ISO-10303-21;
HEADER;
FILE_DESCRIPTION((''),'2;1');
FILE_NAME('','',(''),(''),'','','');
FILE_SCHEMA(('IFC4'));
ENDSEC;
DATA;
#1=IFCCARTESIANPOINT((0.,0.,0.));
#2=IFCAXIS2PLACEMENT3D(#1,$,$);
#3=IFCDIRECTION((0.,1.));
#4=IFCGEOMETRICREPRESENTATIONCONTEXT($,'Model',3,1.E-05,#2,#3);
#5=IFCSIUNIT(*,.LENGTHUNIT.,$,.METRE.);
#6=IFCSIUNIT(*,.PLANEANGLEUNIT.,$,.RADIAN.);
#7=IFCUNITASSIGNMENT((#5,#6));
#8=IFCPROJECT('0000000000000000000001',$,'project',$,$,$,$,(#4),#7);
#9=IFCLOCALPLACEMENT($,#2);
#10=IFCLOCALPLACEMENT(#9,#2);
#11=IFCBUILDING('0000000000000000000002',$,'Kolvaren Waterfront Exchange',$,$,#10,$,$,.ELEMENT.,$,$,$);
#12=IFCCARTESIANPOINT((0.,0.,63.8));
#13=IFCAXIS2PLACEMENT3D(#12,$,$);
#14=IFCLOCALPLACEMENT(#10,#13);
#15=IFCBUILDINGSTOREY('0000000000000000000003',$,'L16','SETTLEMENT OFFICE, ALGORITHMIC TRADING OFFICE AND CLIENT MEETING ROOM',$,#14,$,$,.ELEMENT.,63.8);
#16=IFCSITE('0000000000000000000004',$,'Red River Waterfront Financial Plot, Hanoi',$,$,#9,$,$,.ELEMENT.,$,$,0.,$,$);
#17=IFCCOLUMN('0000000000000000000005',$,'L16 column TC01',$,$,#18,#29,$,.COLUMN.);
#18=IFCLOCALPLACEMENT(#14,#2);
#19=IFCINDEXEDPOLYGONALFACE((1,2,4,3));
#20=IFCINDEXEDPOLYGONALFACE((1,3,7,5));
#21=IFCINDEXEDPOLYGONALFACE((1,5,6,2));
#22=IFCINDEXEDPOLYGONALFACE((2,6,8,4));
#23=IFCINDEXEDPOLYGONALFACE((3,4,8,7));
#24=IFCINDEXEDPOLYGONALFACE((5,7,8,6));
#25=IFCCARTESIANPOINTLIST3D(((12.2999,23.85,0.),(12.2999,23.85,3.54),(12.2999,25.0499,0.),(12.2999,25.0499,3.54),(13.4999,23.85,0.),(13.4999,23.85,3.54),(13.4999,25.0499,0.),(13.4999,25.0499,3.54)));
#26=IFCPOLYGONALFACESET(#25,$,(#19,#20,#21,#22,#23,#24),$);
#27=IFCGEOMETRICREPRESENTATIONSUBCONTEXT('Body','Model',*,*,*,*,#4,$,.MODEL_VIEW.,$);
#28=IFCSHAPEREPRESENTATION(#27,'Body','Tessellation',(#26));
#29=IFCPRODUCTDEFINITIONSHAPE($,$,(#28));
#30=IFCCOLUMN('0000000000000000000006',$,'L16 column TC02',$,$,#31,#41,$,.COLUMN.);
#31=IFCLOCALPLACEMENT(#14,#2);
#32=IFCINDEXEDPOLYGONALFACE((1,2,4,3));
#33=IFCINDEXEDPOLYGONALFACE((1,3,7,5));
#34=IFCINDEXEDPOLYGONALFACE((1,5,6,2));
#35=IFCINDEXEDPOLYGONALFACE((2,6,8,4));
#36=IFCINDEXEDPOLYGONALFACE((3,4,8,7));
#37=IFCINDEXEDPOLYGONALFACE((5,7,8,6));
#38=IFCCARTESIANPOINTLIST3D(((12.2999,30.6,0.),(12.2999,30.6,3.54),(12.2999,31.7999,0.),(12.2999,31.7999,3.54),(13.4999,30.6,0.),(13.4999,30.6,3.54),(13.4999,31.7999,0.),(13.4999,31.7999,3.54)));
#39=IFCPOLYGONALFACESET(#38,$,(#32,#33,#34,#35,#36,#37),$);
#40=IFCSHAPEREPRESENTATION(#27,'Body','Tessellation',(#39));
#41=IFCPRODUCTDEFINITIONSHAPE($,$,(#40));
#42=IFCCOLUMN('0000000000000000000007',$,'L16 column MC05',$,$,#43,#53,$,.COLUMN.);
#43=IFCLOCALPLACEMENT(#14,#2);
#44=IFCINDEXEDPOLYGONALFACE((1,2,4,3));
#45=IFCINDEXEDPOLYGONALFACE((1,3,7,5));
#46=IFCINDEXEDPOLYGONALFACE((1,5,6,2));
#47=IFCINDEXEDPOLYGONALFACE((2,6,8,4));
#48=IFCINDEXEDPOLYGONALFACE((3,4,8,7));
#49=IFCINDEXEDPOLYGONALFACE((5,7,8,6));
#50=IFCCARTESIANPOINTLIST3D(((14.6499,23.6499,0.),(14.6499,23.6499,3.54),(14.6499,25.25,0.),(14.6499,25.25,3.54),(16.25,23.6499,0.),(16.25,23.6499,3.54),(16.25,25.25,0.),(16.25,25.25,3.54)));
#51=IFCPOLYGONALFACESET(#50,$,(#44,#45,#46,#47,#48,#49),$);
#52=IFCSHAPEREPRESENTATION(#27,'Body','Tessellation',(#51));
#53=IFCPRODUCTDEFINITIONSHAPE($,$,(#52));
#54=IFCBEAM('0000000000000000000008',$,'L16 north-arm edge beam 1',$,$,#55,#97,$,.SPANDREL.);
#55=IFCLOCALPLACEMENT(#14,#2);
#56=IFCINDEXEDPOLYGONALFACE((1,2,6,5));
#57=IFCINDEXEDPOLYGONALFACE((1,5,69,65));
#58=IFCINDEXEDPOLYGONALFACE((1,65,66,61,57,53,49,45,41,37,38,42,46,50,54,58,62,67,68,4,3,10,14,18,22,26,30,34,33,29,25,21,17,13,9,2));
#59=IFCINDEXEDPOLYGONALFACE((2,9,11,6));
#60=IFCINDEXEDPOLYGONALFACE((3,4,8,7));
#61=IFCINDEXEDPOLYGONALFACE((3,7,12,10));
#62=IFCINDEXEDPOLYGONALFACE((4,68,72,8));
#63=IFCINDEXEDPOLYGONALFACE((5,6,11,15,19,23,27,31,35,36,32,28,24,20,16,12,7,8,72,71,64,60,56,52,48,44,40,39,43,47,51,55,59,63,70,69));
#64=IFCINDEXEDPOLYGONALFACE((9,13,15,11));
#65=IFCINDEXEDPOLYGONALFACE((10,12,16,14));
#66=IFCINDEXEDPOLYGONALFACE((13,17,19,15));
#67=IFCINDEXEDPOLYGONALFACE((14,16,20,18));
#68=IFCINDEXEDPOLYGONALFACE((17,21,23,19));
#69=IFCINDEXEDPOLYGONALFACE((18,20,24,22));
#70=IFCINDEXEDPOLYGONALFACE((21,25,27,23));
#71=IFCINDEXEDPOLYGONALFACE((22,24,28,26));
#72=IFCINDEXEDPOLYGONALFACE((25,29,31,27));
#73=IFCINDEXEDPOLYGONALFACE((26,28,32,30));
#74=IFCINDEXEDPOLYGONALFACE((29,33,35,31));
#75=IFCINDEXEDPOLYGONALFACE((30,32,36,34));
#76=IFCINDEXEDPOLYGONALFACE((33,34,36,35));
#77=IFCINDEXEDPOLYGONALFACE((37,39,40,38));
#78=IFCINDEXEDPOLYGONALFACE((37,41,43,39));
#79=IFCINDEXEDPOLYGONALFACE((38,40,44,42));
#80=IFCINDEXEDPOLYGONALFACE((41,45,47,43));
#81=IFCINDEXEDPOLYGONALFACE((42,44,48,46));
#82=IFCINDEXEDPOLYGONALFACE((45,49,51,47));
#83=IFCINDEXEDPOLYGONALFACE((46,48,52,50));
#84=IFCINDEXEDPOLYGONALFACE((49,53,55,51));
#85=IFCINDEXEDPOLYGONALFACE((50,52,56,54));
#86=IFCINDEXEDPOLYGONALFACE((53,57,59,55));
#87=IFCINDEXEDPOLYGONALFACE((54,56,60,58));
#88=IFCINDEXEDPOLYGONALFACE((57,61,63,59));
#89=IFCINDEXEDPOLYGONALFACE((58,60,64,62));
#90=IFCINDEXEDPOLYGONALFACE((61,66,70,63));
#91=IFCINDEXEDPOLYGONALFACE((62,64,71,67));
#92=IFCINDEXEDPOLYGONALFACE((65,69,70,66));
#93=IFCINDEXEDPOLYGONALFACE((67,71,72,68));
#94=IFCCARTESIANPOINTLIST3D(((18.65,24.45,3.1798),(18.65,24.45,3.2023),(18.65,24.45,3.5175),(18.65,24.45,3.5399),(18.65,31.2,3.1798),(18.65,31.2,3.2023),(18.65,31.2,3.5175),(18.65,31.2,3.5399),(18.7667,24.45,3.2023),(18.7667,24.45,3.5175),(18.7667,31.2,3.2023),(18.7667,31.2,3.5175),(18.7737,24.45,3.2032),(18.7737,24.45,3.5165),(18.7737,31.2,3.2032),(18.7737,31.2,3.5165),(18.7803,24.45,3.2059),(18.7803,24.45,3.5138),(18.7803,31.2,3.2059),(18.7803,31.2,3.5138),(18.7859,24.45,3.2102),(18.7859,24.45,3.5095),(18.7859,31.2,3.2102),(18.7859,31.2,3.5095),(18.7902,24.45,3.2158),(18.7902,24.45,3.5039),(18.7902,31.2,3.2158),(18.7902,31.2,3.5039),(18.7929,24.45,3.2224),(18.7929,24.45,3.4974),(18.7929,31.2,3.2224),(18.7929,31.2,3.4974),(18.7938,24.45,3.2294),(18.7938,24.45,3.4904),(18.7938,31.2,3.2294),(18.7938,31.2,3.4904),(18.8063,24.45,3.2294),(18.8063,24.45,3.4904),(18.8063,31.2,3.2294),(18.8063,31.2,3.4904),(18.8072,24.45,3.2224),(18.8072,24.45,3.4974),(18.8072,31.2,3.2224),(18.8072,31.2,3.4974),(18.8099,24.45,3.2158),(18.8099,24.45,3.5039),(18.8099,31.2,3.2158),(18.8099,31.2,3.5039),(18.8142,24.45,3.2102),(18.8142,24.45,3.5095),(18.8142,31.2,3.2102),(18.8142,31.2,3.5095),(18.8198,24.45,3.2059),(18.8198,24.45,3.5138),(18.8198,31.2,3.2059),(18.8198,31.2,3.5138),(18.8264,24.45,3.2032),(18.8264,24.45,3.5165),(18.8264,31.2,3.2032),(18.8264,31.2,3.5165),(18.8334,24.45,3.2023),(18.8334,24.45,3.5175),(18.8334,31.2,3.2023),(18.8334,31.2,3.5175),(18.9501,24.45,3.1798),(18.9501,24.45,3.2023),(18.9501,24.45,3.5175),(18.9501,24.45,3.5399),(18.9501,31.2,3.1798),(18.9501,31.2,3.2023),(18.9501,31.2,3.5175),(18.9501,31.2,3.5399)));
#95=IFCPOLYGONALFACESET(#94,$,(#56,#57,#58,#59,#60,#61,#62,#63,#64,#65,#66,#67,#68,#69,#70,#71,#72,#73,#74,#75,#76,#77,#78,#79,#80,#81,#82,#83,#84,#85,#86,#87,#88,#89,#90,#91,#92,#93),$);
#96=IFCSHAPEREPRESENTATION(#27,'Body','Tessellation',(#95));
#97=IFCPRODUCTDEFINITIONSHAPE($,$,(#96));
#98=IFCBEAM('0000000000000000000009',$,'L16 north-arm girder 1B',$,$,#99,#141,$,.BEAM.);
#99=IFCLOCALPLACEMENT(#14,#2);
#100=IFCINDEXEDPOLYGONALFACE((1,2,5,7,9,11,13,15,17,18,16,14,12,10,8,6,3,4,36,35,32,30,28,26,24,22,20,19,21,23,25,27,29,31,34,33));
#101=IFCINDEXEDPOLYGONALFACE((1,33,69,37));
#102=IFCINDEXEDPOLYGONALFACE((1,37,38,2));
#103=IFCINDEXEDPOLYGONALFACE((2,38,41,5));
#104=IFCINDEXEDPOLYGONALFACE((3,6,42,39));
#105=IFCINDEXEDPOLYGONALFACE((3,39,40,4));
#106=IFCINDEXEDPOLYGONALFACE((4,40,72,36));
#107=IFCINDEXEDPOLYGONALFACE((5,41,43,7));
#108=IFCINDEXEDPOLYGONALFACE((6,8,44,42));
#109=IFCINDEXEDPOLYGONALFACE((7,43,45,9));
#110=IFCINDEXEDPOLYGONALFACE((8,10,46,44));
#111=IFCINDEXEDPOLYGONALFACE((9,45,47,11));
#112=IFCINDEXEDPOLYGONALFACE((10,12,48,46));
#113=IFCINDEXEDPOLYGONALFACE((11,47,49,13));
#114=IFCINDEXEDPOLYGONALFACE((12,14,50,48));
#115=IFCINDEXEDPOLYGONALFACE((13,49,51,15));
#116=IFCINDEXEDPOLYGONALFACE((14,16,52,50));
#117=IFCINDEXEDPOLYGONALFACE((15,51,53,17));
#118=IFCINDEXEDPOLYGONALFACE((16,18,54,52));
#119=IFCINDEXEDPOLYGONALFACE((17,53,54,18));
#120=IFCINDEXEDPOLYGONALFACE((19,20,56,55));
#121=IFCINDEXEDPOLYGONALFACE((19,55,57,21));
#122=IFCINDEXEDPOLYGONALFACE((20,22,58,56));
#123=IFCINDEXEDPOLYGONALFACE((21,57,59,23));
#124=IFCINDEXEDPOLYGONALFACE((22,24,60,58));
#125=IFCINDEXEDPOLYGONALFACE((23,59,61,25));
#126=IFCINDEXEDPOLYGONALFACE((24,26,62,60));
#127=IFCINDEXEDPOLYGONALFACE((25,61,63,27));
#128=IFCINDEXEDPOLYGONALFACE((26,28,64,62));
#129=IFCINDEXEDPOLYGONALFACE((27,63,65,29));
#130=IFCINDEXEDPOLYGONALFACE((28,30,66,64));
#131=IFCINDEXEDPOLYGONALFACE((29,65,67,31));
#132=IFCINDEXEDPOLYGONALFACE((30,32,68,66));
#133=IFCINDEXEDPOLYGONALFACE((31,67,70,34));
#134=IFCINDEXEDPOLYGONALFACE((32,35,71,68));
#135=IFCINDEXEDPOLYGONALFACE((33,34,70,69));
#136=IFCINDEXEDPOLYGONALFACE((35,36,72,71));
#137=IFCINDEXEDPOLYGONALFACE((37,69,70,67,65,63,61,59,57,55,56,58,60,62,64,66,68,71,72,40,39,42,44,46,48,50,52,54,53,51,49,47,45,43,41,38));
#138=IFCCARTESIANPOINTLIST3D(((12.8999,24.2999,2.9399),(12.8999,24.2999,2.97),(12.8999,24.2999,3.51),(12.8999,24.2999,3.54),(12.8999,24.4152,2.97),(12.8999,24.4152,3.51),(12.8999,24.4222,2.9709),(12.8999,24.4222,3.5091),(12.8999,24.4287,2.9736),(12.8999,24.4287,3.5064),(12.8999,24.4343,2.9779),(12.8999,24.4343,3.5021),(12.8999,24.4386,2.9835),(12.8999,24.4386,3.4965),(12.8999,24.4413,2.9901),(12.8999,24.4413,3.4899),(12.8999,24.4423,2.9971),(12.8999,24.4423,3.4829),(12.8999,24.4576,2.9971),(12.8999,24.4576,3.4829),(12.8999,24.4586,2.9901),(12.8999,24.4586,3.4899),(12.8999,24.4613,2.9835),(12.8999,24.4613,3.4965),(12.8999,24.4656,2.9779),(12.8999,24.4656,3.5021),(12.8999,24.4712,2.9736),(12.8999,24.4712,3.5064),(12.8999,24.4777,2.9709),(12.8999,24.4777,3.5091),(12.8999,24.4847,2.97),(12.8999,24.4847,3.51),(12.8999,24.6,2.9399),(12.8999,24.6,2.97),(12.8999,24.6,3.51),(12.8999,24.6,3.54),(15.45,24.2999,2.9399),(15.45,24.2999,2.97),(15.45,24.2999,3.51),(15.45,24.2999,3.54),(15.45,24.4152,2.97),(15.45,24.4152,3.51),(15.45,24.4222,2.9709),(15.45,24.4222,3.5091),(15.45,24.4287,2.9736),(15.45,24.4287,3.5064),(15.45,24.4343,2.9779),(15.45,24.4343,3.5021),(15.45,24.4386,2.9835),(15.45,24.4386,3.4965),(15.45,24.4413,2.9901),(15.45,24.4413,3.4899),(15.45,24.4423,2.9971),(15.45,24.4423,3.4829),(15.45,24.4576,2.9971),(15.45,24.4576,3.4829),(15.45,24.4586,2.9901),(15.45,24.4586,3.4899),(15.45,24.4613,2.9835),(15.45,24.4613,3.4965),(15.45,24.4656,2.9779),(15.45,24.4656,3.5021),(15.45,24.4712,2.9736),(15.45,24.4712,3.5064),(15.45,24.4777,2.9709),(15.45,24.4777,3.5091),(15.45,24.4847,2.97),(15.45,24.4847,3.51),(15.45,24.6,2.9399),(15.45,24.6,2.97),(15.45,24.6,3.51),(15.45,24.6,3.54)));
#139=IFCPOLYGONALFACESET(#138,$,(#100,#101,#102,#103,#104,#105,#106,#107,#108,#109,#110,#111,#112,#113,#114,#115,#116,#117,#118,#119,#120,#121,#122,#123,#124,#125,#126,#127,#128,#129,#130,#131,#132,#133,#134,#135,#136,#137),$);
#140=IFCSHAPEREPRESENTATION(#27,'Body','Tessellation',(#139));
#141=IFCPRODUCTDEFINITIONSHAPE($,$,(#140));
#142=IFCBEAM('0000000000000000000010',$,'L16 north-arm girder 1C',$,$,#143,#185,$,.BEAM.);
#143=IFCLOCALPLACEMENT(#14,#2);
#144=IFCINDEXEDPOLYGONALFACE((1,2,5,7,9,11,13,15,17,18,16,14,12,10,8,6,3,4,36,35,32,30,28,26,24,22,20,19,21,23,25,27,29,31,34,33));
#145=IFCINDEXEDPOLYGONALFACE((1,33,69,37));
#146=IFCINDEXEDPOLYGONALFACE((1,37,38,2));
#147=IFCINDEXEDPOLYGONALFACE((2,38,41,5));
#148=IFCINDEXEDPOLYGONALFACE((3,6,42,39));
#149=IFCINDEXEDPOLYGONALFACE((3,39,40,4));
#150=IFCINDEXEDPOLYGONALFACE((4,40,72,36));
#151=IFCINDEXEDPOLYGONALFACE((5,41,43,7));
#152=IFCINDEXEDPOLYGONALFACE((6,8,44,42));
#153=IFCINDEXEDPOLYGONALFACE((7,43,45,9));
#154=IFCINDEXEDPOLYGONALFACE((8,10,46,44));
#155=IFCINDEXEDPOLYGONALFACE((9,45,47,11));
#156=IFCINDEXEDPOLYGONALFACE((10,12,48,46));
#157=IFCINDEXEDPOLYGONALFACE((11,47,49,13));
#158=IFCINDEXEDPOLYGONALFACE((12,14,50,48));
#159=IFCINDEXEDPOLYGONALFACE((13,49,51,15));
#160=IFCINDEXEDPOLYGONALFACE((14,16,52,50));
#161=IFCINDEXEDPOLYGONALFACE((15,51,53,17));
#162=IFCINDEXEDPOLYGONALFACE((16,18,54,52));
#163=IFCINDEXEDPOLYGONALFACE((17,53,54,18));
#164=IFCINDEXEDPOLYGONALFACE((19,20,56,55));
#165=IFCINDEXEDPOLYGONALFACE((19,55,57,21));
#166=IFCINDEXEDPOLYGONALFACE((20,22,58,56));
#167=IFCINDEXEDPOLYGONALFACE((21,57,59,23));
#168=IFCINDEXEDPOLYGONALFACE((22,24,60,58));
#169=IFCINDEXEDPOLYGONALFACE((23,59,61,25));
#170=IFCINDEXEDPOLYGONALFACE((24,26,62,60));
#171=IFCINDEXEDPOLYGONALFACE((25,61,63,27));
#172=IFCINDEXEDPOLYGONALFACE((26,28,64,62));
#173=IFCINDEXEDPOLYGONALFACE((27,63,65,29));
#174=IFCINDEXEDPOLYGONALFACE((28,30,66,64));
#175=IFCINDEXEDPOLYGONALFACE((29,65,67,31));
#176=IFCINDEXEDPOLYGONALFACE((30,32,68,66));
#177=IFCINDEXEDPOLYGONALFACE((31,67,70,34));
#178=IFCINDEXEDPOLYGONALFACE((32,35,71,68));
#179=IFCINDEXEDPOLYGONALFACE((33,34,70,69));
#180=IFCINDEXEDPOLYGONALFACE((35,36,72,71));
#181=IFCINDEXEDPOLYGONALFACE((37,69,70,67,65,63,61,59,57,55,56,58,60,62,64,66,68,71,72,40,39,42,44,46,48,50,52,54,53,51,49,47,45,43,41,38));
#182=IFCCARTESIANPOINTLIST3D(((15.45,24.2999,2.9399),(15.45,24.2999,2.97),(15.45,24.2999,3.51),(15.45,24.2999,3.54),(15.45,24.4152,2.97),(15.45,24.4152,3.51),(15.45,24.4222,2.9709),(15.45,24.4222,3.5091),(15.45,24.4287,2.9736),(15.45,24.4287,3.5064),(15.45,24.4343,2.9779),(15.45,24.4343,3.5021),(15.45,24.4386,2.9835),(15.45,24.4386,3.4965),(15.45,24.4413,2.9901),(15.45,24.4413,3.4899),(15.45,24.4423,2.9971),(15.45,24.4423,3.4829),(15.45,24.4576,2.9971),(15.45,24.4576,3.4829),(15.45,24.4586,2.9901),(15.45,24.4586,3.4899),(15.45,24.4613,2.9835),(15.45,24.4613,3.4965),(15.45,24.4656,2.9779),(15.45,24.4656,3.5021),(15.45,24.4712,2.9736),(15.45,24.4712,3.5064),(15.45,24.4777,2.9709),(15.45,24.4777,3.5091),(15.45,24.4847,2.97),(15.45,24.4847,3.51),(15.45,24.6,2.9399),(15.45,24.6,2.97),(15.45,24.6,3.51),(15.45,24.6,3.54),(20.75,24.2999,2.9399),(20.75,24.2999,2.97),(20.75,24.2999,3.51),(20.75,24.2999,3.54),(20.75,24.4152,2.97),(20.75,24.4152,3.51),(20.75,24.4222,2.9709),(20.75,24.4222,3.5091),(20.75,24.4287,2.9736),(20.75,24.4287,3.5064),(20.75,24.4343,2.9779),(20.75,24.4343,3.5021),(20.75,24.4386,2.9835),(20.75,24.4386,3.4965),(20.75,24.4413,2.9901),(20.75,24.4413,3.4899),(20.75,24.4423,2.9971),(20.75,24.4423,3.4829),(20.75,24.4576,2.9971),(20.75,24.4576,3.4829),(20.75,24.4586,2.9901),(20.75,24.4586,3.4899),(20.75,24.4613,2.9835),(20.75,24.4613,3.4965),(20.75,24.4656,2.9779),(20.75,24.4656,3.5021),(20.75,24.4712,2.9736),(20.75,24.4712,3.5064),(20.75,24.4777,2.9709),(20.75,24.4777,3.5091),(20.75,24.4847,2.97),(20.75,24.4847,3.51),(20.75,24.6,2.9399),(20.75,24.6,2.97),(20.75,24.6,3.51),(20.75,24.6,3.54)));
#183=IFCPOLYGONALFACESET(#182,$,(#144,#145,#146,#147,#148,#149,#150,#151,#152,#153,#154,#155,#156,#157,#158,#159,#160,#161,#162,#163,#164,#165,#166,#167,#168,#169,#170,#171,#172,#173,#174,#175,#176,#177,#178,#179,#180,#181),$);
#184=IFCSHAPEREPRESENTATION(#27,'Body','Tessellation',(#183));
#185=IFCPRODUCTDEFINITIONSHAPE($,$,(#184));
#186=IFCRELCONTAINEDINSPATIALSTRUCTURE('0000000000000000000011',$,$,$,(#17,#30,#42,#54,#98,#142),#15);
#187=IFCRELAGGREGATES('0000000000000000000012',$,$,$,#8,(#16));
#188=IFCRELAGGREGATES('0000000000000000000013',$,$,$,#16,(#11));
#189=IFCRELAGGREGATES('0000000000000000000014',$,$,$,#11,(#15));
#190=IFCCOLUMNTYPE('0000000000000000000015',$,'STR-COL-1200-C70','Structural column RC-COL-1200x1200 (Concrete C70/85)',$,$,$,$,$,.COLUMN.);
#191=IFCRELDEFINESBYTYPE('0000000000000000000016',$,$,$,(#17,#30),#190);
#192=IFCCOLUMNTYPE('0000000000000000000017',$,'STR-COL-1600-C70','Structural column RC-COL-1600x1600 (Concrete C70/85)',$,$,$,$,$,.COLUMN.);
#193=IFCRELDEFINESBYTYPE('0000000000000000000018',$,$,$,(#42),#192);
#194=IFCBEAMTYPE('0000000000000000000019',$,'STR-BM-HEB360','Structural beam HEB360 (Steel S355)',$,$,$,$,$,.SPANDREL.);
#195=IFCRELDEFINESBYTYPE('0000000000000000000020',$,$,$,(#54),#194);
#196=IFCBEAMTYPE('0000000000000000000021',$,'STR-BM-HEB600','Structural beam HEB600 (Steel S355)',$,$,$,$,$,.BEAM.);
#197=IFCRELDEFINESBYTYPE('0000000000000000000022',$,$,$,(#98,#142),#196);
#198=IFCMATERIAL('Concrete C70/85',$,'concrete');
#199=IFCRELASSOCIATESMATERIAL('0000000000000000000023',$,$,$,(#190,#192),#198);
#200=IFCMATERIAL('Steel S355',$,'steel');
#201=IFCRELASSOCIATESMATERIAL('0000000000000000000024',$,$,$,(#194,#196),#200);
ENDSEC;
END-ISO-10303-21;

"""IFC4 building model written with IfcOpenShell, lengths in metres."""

from ifc_helpers import new_model, si_unit, direction, frame, origin, origin_2d, place, context, subcontext, project, spatial, rectangle, i_section, extrude, material, material_profile, profile_set, type_object, element, save


model = new_model("IFC4")

# Units and contexts
model_context = context("Model", 3, precision=1e-05, world=origin(), true_north=direction((0.0, 1.0)))
body_context = subcontext(model_context, "Body", "Model", "MODEL_VIEW")
ifc_project = project(units=[si_unit("LENGTHUNIT", "METRE"), si_unit("PLANEANGLEUNIT", "RADIAN")], contexts=[model_context])

# Site, building, storey
site_placement = place(None, origin())
site = spatial("IfcSite", under=ifc_project, at=site_placement, Name="Red River Waterfront Financial Plot, Hanoi", CompositionType="ELEMENT", RefElevation=0.0)
building_placement = place(site_placement, origin())
building = spatial("IfcBuilding", under=site, at=building_placement, Name="Kolvaren Waterfront Exchange", CompositionType="ELEMENT")
storey_placement = place(building_placement, frame((0.0, 0.0, 63.8)))
storey = spatial("IfcBuildingStorey", under=building, at=storey_placement, Name="L16", Description="SETTLEMENT OFFICE, ALGORITHMIC TRADING OFFICE AND CLIENT MEETING ROOM", CompositionType="ELEMENT", Elevation=63.8)

# Columns
ifc_material_1 = material(Name="Concrete C70/85", Category="concrete")
ifc_material_profile_1 = material_profile(ifc_material_1, rectangle(XDim=1.2, YDim=1.2, at=origin_2d()), Name="RC-COL-1200x1200")
ifc_profile_set_1 = profile_set([ifc_material_profile_1], Name="Concrete C70/85")
column_type_1 = type_object("IfcColumnType", Name="STR-COL-1200-C70", Description="Structural column RC-COL-1200x1200 (Concrete C70/85)", PredefinedType="COLUMN", material=ifc_profile_set_1)
for number, where, z_axis, x_axis, name in (
    (1, (12.8999, 24.45, 0.0), (0.0, 0.0, 1.0), (1.0, 0.0, 0.0), "L16 column TC01"),
    (2, (12.8999, 31.2, 0.0), (0.0, 0.0, 1.0), (1.0, 0.0, 0.0), "L16 column TC02"),
):
    element("IfcColumn", number, at=place(storey_placement, frame(where, z_axis=z_axis, x_axis=x_axis)), inside=storey, type_object=column_type_1, Name=name, PredefinedType="COLUMN", context=body_context, shape_type="SweptSolid", body=[
        extrude(rectangle(XDim=1.2, YDim=1.2, at=origin_2d()), origin(), (0.0, 0.0, 1.0), 3.54),
    ])
ifc_material_profile_2 = material_profile(ifc_material_1, rectangle(XDim=1.6001, YDim=1.6001, at=origin_2d()), Name="RC-COL-1600x1600")
ifc_profile_set_2 = profile_set([ifc_material_profile_2], Name="Concrete C70/85")
column_type_2 = type_object("IfcColumnType", Name="STR-COL-1600-C70", Description="Structural column RC-COL-1600x1600 (Concrete C70/85)", PredefinedType="COLUMN", material=ifc_profile_set_2)
column_placement = place(storey_placement, frame((15.45, 24.45, 0.0), z_axis=(0.0, 0.0, 1.0), x_axis=(1.0, 0.0, 0.0)))
element("IfcColumn", 3, at=column_placement, inside=storey, type_object=column_type_2, Name="L16 column MC05", PredefinedType="COLUMN", context=body_context, shape_type="SweptSolid", body=[
    extrude(rectangle(XDim=1.6001, YDim=1.6001, at=origin_2d()), origin(), (0.0, 0.0, 1.0), 3.54),
])

# Beams
ifc_material_2 = material(Name="Steel S355", Category="steel")
ifc_material_profile_3 = material_profile(ifc_material_2, i_section(OverallWidth=0.3, OverallDepth=0.3601, WebThickness=0.0125, FlangeThickness=0.0225, FilletRadius=0.0271, at=origin_2d()), Name="HEB360")
ifc_profile_set_3 = profile_set([ifc_material_profile_3], Name="Steel S355")
beam_type_1 = type_object("IfcBeamType", Name="STR-BM-HEB360", Description="Structural beam HEB360 (Steel S355)", PredefinedType="SPANDREL", material=ifc_profile_set_3)
beam_1_placement = place(storey_placement, frame((18.8, 24.45, 3.3599), z_axis=(0.0, 1.0, 0.0), x_axis=(-1.0, 0.0, 0.0)))
element("IfcBeam", 4, at=beam_1_placement, inside=storey, type_object=beam_type_1, Name="L16 north-arm edge beam 1", PredefinedType="SPANDREL", context=body_context, shape_type="SweptSolid", body=[
    extrude(i_section(OverallWidth=0.3, OverallDepth=0.3601, WebThickness=0.0125, FlangeThickness=0.0225, FilletRadius=0.0271, at=origin_2d()), origin(), (0.0, 0.0, 1.0), 6.75),
])
ifc_material_profile_4 = material_profile(ifc_material_2, i_section(OverallWidth=0.3, OverallDepth=0.6001, WebThickness=0.0154, FlangeThickness=0.03, FilletRadius=0.0271, at=origin_2d()), Name="HEB600")
ifc_profile_set_4 = profile_set([ifc_material_profile_4], Name="Steel S355")
beam_type_2 = type_object("IfcBeamType", Name="STR-BM-HEB600", Description="Structural beam HEB600 (Steel S355)", PredefinedType="BEAM", material=ifc_profile_set_4)
beam_2_placement = place(storey_placement, frame((12.8999, 24.45, 3.24), z_axis=(1.0, 0.0, 0.0), x_axis=(0.0, 1.0, 0.0)))
element("IfcBeam", 5, at=beam_2_placement, inside=storey, type_object=beam_type_2, Name="L16 north-arm girder 1B", PredefinedType="BEAM", context=body_context, shape_type="SweptSolid", body=[
    extrude(i_section(OverallWidth=0.3, OverallDepth=0.6001, WebThickness=0.0154, FlangeThickness=0.03, FilletRadius=0.0271, at=origin_2d()), origin(), (0.0, 0.0, 1.0), 2.55),
])
beam_3_placement = place(storey_placement, frame((15.45, 24.45, 3.24), z_axis=(1.0, 0.0, 0.0), x_axis=(0.0, 1.0, 0.0)))
element("IfcBeam", 6, at=beam_3_placement, inside=storey, type_object=beam_type_2, Name="L16 north-arm girder 1C", PredefinedType="BEAM", context=body_context, shape_type="SweptSolid", body=[
    extrude(i_section(OverallWidth=0.3, OverallDepth=0.6001, WebThickness=0.0154, FlangeThickness=0.03, FilletRadius=0.0271, at=origin_2d()), origin(), (0.0, 0.0, 1.0), 5.3),
])

save(model, "model.ifc")
